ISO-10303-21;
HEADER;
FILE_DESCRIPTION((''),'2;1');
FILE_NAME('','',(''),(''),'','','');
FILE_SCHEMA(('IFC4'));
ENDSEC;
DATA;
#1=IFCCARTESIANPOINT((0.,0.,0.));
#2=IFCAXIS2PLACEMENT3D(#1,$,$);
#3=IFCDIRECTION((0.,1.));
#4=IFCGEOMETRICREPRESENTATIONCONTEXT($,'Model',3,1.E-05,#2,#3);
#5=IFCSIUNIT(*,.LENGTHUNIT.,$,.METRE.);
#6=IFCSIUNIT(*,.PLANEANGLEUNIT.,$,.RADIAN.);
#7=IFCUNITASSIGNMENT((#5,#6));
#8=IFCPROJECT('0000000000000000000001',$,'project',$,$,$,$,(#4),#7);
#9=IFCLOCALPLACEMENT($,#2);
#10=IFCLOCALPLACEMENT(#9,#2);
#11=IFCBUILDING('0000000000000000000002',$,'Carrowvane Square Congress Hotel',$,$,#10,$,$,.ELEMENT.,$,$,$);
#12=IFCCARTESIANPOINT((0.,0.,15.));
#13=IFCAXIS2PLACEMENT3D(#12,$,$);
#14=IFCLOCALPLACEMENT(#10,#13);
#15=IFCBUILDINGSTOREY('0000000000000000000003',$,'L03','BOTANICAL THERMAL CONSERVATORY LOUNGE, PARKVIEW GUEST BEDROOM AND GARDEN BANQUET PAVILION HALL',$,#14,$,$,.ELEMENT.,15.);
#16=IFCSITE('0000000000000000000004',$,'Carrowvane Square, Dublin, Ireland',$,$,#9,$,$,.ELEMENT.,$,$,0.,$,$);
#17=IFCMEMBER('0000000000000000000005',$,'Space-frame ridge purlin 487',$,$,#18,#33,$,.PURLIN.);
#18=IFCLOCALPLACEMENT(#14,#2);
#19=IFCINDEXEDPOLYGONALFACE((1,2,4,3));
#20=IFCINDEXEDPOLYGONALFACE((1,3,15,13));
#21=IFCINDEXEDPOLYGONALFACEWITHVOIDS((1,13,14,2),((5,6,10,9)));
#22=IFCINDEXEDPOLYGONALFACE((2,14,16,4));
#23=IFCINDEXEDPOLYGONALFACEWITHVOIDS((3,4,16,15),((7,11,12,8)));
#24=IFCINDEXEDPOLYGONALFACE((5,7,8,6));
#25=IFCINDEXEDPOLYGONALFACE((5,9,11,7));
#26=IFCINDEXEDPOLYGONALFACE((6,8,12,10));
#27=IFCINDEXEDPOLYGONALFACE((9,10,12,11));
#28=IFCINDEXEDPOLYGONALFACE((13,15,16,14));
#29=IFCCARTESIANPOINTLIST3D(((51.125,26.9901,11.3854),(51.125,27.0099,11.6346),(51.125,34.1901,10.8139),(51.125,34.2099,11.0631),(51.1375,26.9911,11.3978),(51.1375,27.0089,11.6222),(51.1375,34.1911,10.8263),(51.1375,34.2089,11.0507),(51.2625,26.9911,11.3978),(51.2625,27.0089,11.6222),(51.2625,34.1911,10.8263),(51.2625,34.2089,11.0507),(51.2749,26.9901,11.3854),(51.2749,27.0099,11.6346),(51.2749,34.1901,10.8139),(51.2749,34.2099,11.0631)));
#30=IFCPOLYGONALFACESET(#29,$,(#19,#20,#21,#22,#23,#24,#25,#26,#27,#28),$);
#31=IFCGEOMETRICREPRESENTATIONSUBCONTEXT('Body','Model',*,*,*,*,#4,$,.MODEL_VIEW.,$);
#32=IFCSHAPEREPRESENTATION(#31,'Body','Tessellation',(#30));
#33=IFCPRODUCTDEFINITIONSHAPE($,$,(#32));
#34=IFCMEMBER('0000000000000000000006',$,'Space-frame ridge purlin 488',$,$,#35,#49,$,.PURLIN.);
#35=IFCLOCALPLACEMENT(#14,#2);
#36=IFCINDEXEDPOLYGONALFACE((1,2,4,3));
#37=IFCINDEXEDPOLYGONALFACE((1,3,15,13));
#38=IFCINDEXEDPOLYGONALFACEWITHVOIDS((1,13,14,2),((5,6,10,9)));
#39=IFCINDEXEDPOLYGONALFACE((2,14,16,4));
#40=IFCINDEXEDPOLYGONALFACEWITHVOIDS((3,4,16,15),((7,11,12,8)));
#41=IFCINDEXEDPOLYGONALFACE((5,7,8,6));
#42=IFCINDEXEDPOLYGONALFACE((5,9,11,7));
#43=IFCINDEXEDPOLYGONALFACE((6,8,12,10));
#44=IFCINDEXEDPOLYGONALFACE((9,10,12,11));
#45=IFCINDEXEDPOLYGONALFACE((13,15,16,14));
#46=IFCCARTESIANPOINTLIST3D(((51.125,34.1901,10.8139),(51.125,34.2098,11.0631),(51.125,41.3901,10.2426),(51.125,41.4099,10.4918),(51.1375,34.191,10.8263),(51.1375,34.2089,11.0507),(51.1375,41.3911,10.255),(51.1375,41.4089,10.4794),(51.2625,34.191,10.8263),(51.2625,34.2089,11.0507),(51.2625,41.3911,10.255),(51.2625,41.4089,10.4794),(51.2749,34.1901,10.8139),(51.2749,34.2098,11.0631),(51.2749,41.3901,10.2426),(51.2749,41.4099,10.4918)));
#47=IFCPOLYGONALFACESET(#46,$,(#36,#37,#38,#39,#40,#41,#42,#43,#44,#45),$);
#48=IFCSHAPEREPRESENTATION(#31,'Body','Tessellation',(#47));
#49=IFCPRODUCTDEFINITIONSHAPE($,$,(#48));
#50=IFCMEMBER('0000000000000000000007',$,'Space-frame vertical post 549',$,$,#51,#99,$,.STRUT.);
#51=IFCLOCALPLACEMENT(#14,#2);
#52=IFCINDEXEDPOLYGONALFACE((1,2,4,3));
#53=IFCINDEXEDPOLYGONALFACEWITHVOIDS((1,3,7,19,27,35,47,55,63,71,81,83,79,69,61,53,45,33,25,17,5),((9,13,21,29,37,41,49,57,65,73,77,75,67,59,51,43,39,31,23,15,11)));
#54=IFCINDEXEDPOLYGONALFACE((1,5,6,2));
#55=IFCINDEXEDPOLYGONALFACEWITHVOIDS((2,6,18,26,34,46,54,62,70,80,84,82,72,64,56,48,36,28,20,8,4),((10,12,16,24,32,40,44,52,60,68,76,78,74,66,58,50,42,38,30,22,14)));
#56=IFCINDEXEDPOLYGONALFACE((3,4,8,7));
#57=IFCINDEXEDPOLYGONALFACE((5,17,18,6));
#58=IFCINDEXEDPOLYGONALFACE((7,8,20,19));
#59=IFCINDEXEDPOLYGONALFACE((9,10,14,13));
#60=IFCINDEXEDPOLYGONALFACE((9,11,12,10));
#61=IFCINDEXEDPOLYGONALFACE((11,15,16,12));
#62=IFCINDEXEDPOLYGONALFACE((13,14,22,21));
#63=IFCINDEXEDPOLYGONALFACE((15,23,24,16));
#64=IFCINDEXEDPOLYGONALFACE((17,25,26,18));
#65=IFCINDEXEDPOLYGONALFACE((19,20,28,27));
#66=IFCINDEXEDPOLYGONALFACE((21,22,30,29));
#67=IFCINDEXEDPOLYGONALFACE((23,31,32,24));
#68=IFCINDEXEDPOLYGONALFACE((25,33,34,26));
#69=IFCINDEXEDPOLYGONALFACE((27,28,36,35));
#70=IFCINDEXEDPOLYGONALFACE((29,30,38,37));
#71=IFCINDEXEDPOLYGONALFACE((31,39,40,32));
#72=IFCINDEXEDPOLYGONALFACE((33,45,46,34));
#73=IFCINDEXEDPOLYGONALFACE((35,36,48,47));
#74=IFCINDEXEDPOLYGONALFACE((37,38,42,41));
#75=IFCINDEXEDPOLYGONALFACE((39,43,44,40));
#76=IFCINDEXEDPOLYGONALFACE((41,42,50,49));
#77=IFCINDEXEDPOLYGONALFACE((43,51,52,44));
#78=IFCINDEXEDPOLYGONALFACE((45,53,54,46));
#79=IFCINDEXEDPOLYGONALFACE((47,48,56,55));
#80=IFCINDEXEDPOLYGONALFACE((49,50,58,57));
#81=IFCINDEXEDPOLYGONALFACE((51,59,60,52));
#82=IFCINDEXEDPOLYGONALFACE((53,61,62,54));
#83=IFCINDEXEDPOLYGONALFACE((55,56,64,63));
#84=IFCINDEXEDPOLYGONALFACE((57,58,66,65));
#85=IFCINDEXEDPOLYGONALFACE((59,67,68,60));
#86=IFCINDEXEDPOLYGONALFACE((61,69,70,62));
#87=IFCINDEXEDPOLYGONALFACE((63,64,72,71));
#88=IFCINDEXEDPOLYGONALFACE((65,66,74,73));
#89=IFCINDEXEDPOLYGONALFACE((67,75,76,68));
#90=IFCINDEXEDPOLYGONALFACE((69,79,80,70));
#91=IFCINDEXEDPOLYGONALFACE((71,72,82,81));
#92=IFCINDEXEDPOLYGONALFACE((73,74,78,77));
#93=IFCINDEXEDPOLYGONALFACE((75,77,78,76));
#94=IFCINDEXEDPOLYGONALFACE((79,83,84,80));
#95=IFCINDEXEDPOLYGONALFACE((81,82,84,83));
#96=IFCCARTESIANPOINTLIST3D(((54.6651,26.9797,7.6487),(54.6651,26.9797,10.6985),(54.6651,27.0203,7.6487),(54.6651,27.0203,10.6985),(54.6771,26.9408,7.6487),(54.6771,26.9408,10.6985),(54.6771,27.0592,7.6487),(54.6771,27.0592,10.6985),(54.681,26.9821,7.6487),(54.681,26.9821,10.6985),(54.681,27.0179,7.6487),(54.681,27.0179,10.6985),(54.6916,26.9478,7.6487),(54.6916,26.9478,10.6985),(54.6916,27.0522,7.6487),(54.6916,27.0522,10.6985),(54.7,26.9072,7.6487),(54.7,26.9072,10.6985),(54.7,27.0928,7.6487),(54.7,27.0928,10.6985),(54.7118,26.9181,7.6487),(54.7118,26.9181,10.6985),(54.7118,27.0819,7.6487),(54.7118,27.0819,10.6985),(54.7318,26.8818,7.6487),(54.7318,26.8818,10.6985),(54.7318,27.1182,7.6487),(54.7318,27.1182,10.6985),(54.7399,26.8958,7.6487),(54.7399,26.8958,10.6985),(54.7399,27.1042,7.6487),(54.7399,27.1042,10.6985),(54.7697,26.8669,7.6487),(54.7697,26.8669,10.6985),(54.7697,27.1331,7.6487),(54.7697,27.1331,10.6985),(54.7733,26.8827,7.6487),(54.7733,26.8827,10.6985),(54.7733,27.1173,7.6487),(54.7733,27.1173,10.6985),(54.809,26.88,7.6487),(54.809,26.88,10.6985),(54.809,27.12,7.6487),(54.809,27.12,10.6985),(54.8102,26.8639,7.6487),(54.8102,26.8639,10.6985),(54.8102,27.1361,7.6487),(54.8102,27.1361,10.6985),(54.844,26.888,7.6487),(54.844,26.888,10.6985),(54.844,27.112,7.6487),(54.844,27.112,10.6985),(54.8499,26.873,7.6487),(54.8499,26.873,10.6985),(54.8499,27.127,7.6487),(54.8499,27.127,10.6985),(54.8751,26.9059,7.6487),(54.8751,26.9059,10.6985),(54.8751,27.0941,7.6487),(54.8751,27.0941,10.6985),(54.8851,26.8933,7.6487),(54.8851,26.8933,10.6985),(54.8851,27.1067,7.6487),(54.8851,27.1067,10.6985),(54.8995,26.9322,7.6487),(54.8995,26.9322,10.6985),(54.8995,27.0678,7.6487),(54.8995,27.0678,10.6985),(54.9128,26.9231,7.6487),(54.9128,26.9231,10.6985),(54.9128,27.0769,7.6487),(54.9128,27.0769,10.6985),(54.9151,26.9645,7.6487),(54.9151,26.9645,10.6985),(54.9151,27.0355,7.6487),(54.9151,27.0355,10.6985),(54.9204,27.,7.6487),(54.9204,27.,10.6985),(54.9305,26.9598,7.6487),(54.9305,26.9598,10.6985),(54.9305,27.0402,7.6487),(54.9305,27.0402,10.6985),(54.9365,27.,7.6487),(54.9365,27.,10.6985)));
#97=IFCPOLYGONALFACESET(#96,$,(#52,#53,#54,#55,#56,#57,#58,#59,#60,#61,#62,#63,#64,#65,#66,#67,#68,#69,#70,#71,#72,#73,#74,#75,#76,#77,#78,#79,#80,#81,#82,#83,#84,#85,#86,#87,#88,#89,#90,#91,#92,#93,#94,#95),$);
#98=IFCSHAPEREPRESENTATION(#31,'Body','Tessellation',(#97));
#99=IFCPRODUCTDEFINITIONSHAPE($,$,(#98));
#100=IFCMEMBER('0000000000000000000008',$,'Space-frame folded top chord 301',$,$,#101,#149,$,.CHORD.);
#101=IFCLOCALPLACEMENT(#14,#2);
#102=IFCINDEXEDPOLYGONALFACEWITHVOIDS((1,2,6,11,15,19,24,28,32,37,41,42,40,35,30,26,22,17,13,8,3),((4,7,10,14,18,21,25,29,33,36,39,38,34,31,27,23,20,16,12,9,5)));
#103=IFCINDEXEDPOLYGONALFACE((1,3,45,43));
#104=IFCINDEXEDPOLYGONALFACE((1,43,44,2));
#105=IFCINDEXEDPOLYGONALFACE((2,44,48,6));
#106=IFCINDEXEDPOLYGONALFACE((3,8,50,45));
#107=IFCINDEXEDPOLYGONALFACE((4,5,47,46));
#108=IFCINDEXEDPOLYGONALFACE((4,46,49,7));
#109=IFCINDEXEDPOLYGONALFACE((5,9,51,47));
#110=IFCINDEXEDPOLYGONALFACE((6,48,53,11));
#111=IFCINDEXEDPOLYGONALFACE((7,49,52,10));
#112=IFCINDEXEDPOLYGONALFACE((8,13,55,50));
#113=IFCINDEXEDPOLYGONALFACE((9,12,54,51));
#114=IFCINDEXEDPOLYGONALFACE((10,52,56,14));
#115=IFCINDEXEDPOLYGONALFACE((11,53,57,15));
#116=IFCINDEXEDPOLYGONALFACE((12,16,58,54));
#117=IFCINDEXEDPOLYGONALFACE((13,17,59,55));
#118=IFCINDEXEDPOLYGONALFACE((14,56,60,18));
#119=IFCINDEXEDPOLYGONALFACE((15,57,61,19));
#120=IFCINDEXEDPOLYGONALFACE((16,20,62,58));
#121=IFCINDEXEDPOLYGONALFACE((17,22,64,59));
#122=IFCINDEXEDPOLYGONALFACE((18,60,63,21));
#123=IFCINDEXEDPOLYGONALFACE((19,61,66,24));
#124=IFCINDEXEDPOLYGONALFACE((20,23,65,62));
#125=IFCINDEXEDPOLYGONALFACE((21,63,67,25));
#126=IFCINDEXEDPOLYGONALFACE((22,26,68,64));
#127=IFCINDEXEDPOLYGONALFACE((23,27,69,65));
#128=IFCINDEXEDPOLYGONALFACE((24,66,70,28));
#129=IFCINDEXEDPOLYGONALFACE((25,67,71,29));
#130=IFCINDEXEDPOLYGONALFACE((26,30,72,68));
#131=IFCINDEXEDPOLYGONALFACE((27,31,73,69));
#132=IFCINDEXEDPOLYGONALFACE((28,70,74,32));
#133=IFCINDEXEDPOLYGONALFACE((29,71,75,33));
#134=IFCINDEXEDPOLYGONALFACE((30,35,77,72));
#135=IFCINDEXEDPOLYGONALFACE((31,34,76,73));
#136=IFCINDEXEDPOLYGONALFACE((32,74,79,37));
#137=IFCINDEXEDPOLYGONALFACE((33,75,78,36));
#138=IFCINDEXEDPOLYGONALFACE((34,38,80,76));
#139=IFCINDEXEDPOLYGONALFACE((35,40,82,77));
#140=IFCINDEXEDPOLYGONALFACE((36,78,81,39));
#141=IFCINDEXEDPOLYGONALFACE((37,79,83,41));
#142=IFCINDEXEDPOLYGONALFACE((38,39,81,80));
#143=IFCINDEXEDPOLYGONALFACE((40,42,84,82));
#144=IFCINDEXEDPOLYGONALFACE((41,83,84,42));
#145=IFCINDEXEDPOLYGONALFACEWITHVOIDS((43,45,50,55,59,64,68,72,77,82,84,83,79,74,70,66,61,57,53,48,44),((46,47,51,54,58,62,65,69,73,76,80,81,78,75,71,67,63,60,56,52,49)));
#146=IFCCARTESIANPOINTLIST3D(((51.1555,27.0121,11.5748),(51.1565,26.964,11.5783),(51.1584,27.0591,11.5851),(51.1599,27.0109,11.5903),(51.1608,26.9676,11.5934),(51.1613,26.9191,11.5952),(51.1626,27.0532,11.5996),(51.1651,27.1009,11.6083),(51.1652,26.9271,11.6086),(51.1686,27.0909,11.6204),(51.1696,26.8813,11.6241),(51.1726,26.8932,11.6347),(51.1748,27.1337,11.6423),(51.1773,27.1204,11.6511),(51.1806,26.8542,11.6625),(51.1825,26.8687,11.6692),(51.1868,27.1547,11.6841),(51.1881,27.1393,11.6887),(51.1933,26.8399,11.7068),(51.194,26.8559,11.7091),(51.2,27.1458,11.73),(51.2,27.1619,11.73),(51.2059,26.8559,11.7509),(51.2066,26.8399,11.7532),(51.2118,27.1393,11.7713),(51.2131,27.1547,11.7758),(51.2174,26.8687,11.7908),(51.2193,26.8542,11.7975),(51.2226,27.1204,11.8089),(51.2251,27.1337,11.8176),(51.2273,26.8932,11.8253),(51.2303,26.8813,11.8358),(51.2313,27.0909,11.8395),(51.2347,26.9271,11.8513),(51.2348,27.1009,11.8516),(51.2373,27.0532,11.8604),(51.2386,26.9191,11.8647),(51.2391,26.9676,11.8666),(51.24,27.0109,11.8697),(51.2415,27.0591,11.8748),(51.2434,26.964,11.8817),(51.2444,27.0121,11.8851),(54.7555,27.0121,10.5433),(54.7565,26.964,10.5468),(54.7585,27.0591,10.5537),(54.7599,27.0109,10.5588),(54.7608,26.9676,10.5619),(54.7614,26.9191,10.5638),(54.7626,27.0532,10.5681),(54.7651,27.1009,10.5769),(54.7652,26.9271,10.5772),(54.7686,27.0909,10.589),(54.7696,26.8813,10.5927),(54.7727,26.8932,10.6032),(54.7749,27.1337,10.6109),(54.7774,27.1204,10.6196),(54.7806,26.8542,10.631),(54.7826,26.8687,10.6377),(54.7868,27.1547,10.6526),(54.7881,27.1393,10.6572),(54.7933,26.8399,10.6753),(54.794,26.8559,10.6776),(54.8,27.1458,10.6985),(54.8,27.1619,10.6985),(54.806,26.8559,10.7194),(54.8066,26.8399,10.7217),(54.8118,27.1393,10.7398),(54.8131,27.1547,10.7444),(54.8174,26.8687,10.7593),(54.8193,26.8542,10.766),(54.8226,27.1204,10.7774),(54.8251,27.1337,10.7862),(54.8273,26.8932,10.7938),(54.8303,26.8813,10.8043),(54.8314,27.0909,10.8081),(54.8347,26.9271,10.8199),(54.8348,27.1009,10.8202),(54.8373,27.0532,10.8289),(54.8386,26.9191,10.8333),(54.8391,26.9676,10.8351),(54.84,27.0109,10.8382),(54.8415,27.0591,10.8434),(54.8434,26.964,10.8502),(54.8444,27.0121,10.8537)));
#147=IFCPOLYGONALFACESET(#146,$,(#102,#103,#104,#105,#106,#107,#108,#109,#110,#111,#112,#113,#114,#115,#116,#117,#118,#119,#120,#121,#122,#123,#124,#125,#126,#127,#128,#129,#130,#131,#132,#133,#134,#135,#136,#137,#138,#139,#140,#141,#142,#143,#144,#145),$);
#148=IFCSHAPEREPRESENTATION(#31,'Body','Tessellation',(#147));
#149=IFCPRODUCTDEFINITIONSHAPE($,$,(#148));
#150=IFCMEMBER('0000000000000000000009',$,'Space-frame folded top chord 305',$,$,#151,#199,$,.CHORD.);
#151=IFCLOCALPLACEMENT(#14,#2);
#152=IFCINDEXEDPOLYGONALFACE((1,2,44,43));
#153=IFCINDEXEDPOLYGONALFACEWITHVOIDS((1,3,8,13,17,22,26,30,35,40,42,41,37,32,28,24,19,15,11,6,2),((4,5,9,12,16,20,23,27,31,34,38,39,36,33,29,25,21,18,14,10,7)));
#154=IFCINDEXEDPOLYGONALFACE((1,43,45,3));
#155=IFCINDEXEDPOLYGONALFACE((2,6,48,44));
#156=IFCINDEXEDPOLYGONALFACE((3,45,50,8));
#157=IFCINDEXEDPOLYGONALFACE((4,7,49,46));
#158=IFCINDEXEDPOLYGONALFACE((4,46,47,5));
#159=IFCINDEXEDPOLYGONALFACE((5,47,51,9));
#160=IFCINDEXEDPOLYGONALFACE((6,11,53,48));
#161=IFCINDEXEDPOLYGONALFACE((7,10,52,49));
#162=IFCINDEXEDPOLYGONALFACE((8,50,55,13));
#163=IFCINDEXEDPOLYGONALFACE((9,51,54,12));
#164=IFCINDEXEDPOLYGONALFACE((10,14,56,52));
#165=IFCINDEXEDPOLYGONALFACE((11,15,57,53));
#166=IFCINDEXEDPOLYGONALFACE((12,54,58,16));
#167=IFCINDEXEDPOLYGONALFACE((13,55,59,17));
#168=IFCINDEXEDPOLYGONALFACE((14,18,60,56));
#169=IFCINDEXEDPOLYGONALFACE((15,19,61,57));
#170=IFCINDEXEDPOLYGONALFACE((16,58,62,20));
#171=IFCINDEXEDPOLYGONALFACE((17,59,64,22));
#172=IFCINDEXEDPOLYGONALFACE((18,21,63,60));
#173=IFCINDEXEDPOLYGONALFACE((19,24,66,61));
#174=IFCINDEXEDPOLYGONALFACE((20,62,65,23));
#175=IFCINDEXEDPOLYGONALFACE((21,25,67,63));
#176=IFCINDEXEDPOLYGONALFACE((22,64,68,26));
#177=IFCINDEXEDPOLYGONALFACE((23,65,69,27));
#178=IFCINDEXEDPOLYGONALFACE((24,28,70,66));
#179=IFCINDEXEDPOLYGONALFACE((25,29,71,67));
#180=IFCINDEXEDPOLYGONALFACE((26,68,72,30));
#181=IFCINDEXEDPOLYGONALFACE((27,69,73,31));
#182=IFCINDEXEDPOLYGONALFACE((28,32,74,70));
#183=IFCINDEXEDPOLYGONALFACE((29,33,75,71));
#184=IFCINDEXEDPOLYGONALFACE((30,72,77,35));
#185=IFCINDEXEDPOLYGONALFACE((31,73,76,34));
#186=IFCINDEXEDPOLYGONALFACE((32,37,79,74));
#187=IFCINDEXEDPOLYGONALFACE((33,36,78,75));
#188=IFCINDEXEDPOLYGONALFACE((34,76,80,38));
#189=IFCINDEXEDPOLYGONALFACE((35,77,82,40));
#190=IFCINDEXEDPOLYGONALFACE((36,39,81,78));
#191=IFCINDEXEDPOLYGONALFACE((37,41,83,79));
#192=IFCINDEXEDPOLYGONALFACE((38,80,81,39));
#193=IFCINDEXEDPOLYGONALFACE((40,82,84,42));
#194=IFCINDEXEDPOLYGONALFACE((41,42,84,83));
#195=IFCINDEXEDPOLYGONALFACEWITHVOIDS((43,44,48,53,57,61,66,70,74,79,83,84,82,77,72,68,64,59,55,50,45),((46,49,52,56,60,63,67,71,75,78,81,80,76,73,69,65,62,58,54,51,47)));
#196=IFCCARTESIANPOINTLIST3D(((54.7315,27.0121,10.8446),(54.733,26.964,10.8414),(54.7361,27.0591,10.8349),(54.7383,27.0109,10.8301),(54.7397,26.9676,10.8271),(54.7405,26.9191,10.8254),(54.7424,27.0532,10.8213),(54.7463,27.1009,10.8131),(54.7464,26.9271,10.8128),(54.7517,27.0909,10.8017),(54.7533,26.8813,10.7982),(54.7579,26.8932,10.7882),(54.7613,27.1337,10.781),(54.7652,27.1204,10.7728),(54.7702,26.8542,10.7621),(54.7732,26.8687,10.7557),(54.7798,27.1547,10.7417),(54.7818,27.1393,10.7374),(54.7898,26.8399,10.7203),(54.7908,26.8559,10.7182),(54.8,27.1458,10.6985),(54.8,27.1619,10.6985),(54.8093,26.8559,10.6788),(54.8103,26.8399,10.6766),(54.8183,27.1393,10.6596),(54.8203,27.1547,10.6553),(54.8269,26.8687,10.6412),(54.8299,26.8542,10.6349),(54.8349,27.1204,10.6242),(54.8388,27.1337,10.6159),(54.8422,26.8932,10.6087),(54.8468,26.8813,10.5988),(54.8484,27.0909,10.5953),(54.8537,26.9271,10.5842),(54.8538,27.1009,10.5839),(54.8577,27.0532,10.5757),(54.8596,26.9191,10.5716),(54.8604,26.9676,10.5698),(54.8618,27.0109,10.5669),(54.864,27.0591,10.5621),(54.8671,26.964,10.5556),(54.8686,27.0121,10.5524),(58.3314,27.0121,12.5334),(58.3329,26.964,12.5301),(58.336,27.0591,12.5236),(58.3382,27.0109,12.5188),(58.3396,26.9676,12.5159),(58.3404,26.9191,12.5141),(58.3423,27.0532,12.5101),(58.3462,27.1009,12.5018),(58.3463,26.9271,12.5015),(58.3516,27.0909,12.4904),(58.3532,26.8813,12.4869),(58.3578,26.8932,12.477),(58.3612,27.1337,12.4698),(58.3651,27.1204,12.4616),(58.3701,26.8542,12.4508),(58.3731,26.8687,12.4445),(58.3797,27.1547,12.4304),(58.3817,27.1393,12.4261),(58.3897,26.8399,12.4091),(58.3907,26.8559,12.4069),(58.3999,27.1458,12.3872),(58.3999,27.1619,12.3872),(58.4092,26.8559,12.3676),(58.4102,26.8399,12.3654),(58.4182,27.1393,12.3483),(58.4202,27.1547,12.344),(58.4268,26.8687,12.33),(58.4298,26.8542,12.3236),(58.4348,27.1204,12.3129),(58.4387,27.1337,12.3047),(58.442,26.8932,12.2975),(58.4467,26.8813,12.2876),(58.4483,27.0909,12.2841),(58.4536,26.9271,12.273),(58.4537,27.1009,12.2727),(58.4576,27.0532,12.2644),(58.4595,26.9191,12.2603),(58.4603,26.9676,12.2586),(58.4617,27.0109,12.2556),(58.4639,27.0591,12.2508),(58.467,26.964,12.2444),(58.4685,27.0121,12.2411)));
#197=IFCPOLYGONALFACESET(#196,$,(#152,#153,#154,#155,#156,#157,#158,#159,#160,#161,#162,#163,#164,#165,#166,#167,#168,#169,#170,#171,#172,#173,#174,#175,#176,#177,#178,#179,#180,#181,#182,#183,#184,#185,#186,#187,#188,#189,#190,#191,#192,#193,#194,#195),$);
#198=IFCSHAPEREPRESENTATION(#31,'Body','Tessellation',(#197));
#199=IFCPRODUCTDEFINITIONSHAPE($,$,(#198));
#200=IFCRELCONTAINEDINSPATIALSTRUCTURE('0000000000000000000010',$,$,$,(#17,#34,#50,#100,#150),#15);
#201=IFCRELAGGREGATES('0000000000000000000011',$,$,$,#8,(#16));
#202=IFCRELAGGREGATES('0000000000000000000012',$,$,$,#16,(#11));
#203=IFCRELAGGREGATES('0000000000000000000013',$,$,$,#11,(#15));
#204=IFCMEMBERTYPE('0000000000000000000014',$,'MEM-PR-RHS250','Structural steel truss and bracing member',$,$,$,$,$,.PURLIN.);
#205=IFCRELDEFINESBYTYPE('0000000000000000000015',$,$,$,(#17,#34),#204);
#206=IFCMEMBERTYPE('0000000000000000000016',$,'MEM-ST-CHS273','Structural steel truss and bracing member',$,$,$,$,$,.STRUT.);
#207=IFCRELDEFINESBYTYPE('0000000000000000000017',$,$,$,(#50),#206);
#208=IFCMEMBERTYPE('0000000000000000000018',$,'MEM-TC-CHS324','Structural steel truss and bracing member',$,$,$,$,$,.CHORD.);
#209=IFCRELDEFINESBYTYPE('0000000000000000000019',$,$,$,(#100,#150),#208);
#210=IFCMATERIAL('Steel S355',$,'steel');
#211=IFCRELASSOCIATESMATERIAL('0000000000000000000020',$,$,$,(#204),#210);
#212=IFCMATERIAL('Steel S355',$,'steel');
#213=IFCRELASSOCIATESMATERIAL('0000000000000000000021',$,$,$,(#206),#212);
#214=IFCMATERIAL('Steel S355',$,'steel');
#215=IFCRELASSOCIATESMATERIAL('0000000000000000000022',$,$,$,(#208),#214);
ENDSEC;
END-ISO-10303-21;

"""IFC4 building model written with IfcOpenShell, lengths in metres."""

from ifc_helpers import new_model, si_unit, direction, frame, origin, origin_2d, place, context, subcontext, project, spatial, hollow_rectangle, hollow_circle, extrude, material, material_profile, profile_set, type_object, element, save


model = new_model("IFC4")

# Units and contexts
model_context = context("Model", 3, precision=1e-05, world=origin(), true_north=direction((0.0, 1.0)))
body_context = subcontext(model_context, "Body", "Model", "MODEL_VIEW")
ifc_project = project(units=[si_unit("LENGTHUNIT", "METRE"), si_unit("PLANEANGLEUNIT", "RADIAN")], contexts=[model_context])

# Site, building, storey
site_placement = place(None, origin())
site = spatial("IfcSite", under=ifc_project, at=site_placement, Name="Carrowvane Square, Dublin, Ireland", CompositionType="ELEMENT", RefElevation=0.0)
building_placement = place(site_placement, origin())
building = spatial("IfcBuilding", under=site, at=building_placement, Name="Carrowvane Square Congress Hotel", CompositionType="ELEMENT")
storey_placement = place(building_placement, frame((0.0, 0.0, 15.0)))
storey = spatial("IfcBuildingStorey", under=building, at=storey_placement, Name="L03", Description="BOTANICAL THERMAL CONSERVATORY LOUNGE, PARKVIEW GUEST BEDROOM AND GARDEN BANQUET PAVILION HALL", CompositionType="ELEMENT", Elevation=15.0)

# Members
ifc_material_1 = material(Name="Steel S355", Category="steel")
ifc_material_profile_1 = material_profile(ifc_material_1, hollow_rectangle(XDim=0.1499, YDim=0.25, WallThickness=0.0125, at=origin_2d()), Name="RHS 250x150x12.5")
ifc_profile_set_1 = profile_set([ifc_material_profile_1], Name="Steel S355")
member_type_1 = type_object("IfcMemberType", Name="MEM-PR-RHS250", Description="Structural steel truss and bracing member", PredefinedType="PURLIN", material=ifc_profile_set_1)
for number, where, z_axis, x_axis, name in (
    (1, (51.2, 27.0, 11.51), (0.0, 0.996864, -0.079131), (-1.0, 0.0, 0.0), "Space-frame ridge purlin 487"),
    (2, (51.2, 34.2, 10.9385), (0.0, 0.996867, -0.079098), (-1.0, 0.0, 0.0), "Space-frame ridge purlin 488"),
):
    element("IfcMember", number, at=place(storey_placement, frame(where, z_axis=z_axis, x_axis=x_axis)), inside=storey, type_object=member_type_1, Name=name, PredefinedType="PURLIN", context=body_context, shape_type="SweptSolid", body=[
        extrude(hollow_rectangle(XDim=0.1499, YDim=0.25, WallThickness=0.0125, at=origin_2d()), origin(), (0.0, 0.0, 1.0), 7.2227),
    ])
ifc_material_2 = material(Name="Steel S355", Category="steel")
ifc_material_profile_2 = material_profile(ifc_material_2, hollow_circle(Radius=0.1365, WallThickness=0.0161, at=origin_2d()), Name="CHS 273.0x16")
ifc_profile_set_2 = profile_set([ifc_material_profile_2], Name="Steel S355")
member_type_2 = type_object("IfcMemberType", Name="MEM-ST-CHS273", Description="Structural steel truss and bracing member", PredefinedType="STRUT", material=ifc_profile_set_2)
member_1_placement = place(storey_placement, frame((54.8, 27.0, 7.6487), z_axis=(0.0, 0.0, 1.0), x_axis=(1.0, 0.0, 0.0)))
element("IfcMember", 3, at=member_1_placement, inside=storey, type_object=member_type_2, Name="Space-frame vertical post 549", PredefinedType="STRUT", context=body_context, shape_type="SweptSolid", body=[
    extrude(hollow_circle(Radius=0.1365, WallThickness=0.0161, at=origin_2d()), origin(), (0.0, 0.0, 1.0), 3.0498),
])
ifc_material_3 = material(Name="Steel S355", Category="steel")
ifc_material_profile_3 = material_profile(ifc_material_3, hollow_circle(Radius=0.1619, WallThickness=0.0161, at=origin_2d()), Name="CHS 323.9x16")
ifc_profile_set_3 = profile_set([ifc_material_profile_3], Name="Steel S355")
member_type_3 = type_object("IfcMemberType", Name="MEM-TC-CHS324", Description="Structural steel truss and bracing member", PredefinedType="CHORD", material=ifc_profile_set_3)
member_2_placement = place(storey_placement, frame((51.2, 27.0, 11.73), z_axis=(0.961319, 0.0, -0.275436), x_axis=(0.0, 1.0, 0.0)))
element("IfcMember", 4, at=member_2_placement, inside=storey, type_object=member_type_3, Name="Space-frame folded top chord 301", PredefinedType="CHORD", context=body_context, shape_type="SweptSolid", body=[
    extrude(hollow_circle(Radius=0.1619, WallThickness=0.0161, at=origin_2d()), origin(), (0.0, 0.0, 1.0), 3.7449),
])
member_3_placement = place(storey_placement, frame((54.8, 27.0, 10.6985), z_axis=(0.905334, 0.0, 0.4247), x_axis=(0.0, 1.0, 0.0)))
element("IfcMember", 5, at=member_3_placement, inside=storey, type_object=member_type_3, Name="Space-frame folded top chord 305", PredefinedType="CHORD", context=body_context, shape_type="SweptSolid", body=[
    extrude(hollow_circle(Radius=0.1619, WallThickness=0.0161, at=origin_2d()), origin(), (0.0, 0.0, 1.0), 3.9763),
])

save(model, "model.ifc")
